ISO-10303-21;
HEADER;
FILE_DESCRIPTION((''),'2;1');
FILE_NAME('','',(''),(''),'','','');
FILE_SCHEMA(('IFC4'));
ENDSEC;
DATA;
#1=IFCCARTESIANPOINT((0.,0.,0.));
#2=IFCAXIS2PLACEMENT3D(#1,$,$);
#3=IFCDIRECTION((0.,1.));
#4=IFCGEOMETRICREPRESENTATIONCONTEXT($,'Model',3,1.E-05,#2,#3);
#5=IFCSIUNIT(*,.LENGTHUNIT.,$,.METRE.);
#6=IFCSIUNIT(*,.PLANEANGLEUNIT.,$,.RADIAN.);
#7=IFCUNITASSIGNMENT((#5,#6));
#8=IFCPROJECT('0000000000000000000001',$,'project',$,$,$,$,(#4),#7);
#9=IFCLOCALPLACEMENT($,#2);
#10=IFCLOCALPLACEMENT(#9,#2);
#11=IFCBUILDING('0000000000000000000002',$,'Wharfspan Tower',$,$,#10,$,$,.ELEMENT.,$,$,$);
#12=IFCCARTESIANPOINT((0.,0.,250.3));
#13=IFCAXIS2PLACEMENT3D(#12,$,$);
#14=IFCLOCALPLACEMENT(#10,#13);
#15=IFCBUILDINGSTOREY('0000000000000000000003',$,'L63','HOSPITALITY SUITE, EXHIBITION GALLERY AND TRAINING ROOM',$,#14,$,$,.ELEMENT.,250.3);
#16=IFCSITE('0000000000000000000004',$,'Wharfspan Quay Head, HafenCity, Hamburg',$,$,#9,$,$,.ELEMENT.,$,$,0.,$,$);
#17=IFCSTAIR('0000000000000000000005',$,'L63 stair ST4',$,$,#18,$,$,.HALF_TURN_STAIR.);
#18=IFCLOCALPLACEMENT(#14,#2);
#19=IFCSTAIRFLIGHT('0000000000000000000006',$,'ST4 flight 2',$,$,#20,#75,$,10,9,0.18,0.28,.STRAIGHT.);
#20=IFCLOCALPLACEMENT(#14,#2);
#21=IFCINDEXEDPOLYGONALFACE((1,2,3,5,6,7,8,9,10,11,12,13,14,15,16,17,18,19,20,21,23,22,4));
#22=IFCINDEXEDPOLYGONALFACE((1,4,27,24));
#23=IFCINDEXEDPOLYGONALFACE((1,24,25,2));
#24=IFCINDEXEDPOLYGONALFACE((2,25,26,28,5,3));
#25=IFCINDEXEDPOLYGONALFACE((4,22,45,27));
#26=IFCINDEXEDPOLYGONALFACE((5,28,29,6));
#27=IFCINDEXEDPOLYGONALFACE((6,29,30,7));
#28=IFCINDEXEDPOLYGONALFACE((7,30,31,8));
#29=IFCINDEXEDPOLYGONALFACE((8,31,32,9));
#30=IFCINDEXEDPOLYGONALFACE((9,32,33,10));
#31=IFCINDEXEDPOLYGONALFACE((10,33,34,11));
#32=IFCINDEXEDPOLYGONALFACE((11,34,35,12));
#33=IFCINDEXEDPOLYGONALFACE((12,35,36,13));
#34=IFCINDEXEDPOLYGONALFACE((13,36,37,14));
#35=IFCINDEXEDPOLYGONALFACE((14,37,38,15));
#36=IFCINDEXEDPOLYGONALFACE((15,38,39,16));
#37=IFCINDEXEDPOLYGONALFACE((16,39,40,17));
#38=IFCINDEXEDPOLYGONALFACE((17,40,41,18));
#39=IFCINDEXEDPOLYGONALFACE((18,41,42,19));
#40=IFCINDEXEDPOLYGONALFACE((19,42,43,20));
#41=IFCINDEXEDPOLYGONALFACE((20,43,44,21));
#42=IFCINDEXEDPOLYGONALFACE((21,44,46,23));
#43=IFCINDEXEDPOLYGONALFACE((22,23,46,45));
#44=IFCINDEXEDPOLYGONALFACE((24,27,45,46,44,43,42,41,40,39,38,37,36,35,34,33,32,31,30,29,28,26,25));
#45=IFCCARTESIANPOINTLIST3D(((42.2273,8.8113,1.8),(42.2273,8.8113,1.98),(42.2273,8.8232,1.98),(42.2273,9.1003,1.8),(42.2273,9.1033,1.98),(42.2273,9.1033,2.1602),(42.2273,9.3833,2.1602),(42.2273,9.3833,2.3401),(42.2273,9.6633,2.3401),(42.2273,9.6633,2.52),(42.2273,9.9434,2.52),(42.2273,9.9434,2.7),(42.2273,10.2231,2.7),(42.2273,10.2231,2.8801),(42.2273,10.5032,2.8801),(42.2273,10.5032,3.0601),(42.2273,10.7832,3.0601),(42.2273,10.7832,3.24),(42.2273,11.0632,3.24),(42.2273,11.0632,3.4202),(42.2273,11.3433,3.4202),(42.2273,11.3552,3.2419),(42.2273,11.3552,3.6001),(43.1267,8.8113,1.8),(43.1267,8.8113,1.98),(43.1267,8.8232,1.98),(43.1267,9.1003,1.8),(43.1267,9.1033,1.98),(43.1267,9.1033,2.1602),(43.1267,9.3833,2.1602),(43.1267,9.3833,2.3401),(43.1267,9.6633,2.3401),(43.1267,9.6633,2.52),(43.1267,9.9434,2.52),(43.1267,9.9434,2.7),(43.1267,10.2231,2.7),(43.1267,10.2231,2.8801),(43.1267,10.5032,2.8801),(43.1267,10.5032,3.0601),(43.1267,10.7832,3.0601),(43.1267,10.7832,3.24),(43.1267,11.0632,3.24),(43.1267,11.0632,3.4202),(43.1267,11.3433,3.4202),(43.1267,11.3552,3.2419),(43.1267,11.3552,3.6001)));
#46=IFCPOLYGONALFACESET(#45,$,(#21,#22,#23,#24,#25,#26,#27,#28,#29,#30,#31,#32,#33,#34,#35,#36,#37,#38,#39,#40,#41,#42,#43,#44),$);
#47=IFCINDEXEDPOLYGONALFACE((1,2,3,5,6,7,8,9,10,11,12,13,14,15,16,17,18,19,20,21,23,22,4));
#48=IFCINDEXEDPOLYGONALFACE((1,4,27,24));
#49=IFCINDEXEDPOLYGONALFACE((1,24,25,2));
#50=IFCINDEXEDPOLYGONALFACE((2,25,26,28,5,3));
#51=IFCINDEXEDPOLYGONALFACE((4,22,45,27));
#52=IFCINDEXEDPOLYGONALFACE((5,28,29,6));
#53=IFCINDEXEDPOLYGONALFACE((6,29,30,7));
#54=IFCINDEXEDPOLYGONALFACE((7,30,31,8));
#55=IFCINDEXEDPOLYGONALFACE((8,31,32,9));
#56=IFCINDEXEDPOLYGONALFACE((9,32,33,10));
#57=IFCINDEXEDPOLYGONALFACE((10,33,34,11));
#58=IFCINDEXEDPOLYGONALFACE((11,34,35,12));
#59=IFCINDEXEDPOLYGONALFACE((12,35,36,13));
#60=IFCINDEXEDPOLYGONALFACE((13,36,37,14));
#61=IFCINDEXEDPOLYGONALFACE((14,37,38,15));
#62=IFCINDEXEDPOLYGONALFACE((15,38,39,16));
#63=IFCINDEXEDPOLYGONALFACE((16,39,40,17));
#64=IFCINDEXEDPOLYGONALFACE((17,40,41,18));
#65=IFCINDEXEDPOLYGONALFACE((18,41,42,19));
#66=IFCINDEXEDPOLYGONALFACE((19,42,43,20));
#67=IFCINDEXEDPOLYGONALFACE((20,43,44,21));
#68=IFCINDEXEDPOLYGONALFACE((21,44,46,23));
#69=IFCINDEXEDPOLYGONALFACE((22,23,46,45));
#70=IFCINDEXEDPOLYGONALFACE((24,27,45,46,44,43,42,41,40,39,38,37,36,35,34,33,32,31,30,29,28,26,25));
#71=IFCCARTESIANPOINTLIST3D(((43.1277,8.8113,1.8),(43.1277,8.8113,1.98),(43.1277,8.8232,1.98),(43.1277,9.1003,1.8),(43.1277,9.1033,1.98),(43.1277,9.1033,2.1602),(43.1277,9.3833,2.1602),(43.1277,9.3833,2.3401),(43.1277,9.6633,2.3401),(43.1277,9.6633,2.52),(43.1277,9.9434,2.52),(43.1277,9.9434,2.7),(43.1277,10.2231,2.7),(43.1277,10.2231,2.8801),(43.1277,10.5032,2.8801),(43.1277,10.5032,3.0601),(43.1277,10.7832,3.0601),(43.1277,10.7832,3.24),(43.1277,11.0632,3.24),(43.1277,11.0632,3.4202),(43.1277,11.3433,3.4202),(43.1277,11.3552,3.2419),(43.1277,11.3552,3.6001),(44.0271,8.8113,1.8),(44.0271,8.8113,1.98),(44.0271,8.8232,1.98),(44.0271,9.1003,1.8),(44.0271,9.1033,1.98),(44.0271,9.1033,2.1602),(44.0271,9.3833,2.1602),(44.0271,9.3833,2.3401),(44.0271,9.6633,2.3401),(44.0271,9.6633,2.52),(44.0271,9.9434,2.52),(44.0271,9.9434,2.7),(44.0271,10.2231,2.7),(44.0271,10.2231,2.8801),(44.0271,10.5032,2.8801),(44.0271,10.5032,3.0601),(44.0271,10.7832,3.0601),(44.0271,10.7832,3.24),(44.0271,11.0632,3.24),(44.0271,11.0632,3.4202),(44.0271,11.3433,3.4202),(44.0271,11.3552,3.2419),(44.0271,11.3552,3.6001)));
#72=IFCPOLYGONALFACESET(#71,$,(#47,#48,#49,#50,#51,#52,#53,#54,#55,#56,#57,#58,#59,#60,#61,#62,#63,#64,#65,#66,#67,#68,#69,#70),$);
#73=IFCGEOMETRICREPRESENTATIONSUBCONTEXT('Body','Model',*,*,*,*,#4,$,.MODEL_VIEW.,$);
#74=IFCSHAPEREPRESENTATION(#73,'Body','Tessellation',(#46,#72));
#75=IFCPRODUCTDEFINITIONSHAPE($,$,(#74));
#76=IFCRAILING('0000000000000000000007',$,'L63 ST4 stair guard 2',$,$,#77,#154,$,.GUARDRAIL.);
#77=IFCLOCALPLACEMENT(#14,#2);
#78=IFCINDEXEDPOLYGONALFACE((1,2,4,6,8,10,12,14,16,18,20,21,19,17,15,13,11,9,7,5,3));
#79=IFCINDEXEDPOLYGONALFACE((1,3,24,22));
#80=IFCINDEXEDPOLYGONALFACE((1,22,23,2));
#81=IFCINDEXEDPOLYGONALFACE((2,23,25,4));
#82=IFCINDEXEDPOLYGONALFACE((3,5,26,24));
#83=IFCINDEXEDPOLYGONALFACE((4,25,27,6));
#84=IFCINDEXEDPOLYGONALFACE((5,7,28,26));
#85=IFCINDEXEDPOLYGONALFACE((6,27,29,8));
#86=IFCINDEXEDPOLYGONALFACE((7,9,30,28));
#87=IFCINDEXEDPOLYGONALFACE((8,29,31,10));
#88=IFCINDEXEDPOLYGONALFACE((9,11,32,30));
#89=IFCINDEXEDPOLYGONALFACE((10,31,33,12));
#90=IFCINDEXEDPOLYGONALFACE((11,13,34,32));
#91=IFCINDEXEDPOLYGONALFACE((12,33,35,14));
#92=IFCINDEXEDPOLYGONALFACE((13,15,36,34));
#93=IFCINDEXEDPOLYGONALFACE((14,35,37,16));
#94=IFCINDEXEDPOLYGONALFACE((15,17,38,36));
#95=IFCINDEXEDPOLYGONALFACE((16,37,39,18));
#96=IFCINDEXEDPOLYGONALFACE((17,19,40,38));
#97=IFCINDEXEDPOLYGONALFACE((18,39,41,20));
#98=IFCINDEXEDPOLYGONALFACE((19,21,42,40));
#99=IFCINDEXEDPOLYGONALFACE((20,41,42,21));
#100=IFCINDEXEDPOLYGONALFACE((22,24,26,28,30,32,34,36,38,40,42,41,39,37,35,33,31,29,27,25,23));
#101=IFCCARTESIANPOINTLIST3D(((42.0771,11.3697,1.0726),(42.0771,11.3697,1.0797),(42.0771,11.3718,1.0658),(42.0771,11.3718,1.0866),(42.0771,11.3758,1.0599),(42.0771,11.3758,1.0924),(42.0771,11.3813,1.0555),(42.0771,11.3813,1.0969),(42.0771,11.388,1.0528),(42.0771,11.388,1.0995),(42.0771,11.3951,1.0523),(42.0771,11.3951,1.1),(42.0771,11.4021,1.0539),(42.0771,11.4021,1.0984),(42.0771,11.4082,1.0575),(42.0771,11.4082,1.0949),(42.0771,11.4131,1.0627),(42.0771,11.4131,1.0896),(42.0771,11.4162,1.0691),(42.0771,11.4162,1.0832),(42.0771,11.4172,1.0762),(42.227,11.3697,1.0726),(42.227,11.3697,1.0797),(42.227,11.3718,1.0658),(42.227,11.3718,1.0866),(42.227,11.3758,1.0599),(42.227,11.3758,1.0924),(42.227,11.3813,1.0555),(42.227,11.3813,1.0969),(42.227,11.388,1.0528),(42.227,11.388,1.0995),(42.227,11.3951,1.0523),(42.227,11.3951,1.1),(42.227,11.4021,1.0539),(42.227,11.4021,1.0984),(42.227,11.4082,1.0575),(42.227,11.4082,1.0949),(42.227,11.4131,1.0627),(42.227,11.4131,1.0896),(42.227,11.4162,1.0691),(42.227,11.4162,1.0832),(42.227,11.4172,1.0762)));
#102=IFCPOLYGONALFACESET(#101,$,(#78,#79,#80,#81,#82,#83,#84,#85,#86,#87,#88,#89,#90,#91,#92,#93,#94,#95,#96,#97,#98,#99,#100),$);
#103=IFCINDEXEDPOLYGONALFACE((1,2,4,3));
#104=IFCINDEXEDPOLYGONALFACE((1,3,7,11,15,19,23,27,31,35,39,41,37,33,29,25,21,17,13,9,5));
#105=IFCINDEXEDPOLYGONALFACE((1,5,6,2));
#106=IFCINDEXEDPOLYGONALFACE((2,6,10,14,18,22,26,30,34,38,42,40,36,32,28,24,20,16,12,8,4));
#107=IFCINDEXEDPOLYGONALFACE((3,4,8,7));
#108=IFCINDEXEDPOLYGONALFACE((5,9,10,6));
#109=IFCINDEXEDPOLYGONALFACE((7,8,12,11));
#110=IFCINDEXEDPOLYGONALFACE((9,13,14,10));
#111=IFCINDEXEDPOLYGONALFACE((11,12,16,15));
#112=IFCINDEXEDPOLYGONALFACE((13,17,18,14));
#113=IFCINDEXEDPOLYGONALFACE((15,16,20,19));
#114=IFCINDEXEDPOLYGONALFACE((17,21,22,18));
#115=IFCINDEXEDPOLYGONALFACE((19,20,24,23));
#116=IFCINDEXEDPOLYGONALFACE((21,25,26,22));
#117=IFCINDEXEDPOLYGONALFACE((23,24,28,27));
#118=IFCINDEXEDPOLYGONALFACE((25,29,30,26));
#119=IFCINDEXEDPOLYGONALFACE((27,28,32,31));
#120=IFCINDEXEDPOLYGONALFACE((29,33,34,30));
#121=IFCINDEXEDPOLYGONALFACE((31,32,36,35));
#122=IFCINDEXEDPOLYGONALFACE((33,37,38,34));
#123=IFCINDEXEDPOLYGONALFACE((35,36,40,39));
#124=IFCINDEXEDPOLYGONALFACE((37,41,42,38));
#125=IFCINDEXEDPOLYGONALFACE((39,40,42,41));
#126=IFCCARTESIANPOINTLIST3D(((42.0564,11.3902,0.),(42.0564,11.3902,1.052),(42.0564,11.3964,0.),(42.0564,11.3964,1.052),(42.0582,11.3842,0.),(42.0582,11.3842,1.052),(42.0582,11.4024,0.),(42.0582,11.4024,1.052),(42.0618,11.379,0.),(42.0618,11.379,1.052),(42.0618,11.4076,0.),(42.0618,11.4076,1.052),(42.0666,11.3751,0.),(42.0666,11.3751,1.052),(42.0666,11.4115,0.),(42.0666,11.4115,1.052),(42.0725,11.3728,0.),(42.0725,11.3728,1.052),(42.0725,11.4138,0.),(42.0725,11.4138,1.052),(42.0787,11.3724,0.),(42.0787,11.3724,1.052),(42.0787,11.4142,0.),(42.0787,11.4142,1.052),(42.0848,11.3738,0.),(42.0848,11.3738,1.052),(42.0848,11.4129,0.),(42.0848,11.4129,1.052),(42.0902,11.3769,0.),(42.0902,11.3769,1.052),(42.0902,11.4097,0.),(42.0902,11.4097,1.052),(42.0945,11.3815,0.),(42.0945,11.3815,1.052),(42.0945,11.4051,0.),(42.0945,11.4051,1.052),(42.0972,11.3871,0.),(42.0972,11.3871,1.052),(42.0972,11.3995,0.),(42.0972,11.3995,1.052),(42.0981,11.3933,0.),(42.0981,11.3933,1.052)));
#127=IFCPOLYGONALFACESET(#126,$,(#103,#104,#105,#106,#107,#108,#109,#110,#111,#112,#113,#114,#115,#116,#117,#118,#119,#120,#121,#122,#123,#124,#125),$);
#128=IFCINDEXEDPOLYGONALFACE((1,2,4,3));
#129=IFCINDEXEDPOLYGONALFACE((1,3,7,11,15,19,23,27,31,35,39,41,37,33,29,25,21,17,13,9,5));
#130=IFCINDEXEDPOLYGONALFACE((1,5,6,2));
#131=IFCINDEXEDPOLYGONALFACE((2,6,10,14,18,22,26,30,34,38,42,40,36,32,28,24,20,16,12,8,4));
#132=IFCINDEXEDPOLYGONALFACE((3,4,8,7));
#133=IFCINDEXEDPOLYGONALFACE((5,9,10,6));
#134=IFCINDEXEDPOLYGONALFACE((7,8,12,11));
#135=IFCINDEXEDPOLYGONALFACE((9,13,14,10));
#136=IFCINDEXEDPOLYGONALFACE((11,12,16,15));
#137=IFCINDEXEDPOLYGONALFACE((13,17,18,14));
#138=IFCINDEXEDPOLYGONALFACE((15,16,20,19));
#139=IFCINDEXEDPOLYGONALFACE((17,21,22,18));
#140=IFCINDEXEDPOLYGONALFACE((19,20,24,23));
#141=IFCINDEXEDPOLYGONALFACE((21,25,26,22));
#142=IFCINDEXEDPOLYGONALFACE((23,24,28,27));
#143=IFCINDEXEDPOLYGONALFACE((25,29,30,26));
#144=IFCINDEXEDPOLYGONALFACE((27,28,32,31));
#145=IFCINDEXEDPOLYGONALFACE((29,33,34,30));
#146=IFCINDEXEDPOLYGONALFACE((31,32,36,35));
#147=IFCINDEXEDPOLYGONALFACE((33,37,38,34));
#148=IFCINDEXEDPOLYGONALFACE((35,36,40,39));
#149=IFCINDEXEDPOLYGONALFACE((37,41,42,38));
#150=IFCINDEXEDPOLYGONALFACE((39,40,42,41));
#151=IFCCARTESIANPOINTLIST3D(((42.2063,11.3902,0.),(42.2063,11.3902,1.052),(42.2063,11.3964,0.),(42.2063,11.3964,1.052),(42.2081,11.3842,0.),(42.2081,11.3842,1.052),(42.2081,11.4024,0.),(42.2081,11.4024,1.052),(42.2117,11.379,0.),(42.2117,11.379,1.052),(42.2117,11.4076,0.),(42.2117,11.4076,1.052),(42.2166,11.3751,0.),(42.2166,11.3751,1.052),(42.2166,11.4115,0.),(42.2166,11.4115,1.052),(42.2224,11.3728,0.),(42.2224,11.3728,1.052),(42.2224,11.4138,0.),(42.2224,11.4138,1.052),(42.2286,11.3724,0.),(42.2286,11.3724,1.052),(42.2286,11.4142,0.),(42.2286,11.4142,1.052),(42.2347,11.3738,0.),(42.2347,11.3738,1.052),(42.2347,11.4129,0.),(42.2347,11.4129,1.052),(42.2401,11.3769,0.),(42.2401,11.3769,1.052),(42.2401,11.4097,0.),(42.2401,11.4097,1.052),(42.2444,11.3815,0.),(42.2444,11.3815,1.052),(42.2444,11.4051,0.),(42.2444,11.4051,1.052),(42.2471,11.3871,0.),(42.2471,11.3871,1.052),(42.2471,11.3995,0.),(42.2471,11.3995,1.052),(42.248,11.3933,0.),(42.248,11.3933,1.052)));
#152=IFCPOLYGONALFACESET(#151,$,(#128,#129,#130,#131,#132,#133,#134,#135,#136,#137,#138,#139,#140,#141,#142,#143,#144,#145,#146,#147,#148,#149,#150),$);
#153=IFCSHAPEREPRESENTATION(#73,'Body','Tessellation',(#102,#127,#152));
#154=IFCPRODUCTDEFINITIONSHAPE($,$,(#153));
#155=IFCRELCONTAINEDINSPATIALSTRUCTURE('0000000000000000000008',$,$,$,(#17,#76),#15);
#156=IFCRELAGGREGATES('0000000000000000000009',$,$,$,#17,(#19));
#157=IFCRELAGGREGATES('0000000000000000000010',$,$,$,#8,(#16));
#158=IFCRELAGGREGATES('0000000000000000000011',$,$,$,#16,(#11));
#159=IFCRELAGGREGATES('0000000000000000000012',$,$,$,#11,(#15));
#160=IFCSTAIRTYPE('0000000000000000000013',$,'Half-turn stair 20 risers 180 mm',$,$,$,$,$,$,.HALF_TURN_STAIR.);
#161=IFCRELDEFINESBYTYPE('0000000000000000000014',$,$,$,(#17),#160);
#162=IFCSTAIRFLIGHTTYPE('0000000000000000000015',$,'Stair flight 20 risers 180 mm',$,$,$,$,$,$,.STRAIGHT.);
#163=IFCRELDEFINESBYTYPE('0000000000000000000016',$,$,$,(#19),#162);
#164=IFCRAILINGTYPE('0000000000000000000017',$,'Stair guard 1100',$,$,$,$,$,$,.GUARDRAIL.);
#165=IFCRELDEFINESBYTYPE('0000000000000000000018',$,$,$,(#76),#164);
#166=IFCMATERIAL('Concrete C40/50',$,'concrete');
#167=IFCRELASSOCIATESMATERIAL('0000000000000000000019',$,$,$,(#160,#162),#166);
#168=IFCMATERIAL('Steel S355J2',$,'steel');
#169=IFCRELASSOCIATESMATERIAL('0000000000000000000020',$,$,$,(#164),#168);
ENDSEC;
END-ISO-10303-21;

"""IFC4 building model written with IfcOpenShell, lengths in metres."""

from ifc_helpers import new_model, si_unit, direction, frame, origin, origin_2d, place, context, subcontext, project, spatial, polyline, circle, outline, extrude, material, type_object, element, aggregate, save


model = new_model("IFC4")

# Units and contexts
model_context = context("Model", 3, precision=1e-05, world=origin(), true_north=direction((0.0, 1.0)))
body_context = subcontext(model_context, "Body", "Model", "MODEL_VIEW")
ifc_project = project(units=[si_unit("LENGTHUNIT", "METRE"), si_unit("PLANEANGLEUNIT", "RADIAN")], contexts=[model_context])

# Site, building, storey
site_placement = place(None, origin())
site = spatial("IfcSite", under=ifc_project, at=site_placement, Name="Wharfspan Quay Head, HafenCity, Hamburg", CompositionType="ELEMENT", RefElevation=0.0)
building_placement = place(site_placement, origin())
building = spatial("IfcBuilding", under=site, at=building_placement, Name="Wharfspan Tower", CompositionType="ELEMENT")
storey_placement = place(building_placement, frame((0.0, 0.0, 250.3)))
storey = spatial("IfcBuildingStorey", under=building, at=storey_placement, Name="L63", Description="HOSPITALITY SUITE, EXHIBITION GALLERY AND TRAINING ROOM", CompositionType="ELEMENT", Elevation=250.3)

# Shared definitions
ifc_material_1 = material(Name="Steel S355J2", Category="steel")

# Shared definitions
ifc_material_2 = material(Name="Concrete C40/50", Category="concrete")

# Stair, stair flight
stair_type = type_object("IfcStairType", Name="Half-turn stair 20 risers 180 mm", PredefinedType="HALF_TURN_STAIR", material=ifc_material_2)
stair_placement = place(storey_placement, origin())
stair = element("IfcStair", 1, at=stair_placement, inside=storey, type_object=stair_type, Name="L63 stair ST4", PredefinedType="HALF_TURN_STAIR")
stair_flight_type = type_object("IfcStairFlightType", Name="Stair flight 20 risers 180 mm", PredefinedType="STRAIGHT", material=ifc_material_2)
stair_flight_1_placement = place(storey_placement, frame((43.1272, 8.8232, 1.8), z_axis=(0.0, 0.0, 1.0), x_axis=(0.0, 1.0, 0.0)))
stair_flight_1 = element("IfcStairFlight", 2, at=stair_flight_1_placement, type_object=stair_flight_type, Name="ST4 flight 2", NumberOfRisers=10, NumberOfTreads=9, PredefinedType="STRAIGHT", RiserHeight=0.18, TreadLength=0.28, context=body_context, shape_type="SweptSolid", body=[
    extrude(outline(polyline([(-0.012, 0.0), (-0.012, 0.1799), (0.0, 0.1799), (0.28, 0.1799), (0.28, 0.3601), (0.5601, 0.3601), (0.5601, 0.54), (0.8401, 0.54), (0.8401, 0.72), (1.1201, 0.72), (1.1201, 0.8999), (1.3999, 0.8999), (1.3999, 1.0801), (1.6799, 1.0801), (1.6799, 1.26), (1.96, 1.26), (1.96, 1.4399), (2.24, 1.4399), (2.24, 1.6201), (2.52, 1.6201), (2.532, 1.8), (2.532, 1.4419), (0.2771, 0.0), (-0.012, 0.0)])), frame((0.0, 0.8999, 0.0), z_axis=(0.0, -1.0, 0.0), x_axis=(1.0, 0.0, 0.0)), (0.0, 0.0, 1.0), 0.8994),
    extrude(outline(polyline([(-0.012, 0.0), (-0.012, 0.1799), (0.0, 0.1799), (0.28, 0.1799), (0.28, 0.3601), (0.5601, 0.3601), (0.5601, 0.54), (0.8401, 0.54), (0.8401, 0.72), (1.1201, 0.72), (1.1201, 0.8999), (1.3999, 0.8999), (1.3999, 1.0801), (1.6799, 1.0801), (1.6799, 1.26), (1.96, 1.26), (1.96, 1.4399), (2.24, 1.4399), (2.24, 1.6201), (2.52, 1.6201), (2.532, 1.8), (2.532, 1.4419), (0.2771, 0.0), (-0.012, 0.0)])), frame((0.0, -0.0005, 0.0), z_axis=(0.0, -1.0, 0.0), x_axis=(1.0, 0.0, 0.0)), (0.0, 0.0, 1.0), 0.8994),
])
aggregate(stair, [stair_flight_1])

# Railing
railing_type_1 = type_object("IfcRailingType", Name="Stair guard 1100", PredefinedType="GUARDRAIL", material=ifc_material_1)
railing_1_placement = place(storey_placement, frame((42.0771, 11.3933, 0.0)))
element("IfcRailing", 3, at=railing_1_placement, inside=storey, type_object=railing_type_1, Name="L63 ST4 stair guard 2", PredefinedType="GUARDRAIL", context=body_context, shape_type="SweptSolid", body=[
    extrude(circle(Radius=0.0239, at=origin_2d()), frame((0.0, 0.0, 1.0762), z_axis=(1.0, 0.0, 0.0), x_axis=(0.0, 1.0, 0.0)), (0.0, 0.0, 1.0), 0.1499),
    extrude(circle(Radius=0.021, at=origin_2d()), origin(), (0.0, 0.0, 1.0), 1.052),
    extrude(circle(Radius=0.021, at=origin_2d()), frame((0.1499, 0.0, 0.0)), (0.0, 0.0, 1.0), 1.052),
])

save(model, "model.ifc")
